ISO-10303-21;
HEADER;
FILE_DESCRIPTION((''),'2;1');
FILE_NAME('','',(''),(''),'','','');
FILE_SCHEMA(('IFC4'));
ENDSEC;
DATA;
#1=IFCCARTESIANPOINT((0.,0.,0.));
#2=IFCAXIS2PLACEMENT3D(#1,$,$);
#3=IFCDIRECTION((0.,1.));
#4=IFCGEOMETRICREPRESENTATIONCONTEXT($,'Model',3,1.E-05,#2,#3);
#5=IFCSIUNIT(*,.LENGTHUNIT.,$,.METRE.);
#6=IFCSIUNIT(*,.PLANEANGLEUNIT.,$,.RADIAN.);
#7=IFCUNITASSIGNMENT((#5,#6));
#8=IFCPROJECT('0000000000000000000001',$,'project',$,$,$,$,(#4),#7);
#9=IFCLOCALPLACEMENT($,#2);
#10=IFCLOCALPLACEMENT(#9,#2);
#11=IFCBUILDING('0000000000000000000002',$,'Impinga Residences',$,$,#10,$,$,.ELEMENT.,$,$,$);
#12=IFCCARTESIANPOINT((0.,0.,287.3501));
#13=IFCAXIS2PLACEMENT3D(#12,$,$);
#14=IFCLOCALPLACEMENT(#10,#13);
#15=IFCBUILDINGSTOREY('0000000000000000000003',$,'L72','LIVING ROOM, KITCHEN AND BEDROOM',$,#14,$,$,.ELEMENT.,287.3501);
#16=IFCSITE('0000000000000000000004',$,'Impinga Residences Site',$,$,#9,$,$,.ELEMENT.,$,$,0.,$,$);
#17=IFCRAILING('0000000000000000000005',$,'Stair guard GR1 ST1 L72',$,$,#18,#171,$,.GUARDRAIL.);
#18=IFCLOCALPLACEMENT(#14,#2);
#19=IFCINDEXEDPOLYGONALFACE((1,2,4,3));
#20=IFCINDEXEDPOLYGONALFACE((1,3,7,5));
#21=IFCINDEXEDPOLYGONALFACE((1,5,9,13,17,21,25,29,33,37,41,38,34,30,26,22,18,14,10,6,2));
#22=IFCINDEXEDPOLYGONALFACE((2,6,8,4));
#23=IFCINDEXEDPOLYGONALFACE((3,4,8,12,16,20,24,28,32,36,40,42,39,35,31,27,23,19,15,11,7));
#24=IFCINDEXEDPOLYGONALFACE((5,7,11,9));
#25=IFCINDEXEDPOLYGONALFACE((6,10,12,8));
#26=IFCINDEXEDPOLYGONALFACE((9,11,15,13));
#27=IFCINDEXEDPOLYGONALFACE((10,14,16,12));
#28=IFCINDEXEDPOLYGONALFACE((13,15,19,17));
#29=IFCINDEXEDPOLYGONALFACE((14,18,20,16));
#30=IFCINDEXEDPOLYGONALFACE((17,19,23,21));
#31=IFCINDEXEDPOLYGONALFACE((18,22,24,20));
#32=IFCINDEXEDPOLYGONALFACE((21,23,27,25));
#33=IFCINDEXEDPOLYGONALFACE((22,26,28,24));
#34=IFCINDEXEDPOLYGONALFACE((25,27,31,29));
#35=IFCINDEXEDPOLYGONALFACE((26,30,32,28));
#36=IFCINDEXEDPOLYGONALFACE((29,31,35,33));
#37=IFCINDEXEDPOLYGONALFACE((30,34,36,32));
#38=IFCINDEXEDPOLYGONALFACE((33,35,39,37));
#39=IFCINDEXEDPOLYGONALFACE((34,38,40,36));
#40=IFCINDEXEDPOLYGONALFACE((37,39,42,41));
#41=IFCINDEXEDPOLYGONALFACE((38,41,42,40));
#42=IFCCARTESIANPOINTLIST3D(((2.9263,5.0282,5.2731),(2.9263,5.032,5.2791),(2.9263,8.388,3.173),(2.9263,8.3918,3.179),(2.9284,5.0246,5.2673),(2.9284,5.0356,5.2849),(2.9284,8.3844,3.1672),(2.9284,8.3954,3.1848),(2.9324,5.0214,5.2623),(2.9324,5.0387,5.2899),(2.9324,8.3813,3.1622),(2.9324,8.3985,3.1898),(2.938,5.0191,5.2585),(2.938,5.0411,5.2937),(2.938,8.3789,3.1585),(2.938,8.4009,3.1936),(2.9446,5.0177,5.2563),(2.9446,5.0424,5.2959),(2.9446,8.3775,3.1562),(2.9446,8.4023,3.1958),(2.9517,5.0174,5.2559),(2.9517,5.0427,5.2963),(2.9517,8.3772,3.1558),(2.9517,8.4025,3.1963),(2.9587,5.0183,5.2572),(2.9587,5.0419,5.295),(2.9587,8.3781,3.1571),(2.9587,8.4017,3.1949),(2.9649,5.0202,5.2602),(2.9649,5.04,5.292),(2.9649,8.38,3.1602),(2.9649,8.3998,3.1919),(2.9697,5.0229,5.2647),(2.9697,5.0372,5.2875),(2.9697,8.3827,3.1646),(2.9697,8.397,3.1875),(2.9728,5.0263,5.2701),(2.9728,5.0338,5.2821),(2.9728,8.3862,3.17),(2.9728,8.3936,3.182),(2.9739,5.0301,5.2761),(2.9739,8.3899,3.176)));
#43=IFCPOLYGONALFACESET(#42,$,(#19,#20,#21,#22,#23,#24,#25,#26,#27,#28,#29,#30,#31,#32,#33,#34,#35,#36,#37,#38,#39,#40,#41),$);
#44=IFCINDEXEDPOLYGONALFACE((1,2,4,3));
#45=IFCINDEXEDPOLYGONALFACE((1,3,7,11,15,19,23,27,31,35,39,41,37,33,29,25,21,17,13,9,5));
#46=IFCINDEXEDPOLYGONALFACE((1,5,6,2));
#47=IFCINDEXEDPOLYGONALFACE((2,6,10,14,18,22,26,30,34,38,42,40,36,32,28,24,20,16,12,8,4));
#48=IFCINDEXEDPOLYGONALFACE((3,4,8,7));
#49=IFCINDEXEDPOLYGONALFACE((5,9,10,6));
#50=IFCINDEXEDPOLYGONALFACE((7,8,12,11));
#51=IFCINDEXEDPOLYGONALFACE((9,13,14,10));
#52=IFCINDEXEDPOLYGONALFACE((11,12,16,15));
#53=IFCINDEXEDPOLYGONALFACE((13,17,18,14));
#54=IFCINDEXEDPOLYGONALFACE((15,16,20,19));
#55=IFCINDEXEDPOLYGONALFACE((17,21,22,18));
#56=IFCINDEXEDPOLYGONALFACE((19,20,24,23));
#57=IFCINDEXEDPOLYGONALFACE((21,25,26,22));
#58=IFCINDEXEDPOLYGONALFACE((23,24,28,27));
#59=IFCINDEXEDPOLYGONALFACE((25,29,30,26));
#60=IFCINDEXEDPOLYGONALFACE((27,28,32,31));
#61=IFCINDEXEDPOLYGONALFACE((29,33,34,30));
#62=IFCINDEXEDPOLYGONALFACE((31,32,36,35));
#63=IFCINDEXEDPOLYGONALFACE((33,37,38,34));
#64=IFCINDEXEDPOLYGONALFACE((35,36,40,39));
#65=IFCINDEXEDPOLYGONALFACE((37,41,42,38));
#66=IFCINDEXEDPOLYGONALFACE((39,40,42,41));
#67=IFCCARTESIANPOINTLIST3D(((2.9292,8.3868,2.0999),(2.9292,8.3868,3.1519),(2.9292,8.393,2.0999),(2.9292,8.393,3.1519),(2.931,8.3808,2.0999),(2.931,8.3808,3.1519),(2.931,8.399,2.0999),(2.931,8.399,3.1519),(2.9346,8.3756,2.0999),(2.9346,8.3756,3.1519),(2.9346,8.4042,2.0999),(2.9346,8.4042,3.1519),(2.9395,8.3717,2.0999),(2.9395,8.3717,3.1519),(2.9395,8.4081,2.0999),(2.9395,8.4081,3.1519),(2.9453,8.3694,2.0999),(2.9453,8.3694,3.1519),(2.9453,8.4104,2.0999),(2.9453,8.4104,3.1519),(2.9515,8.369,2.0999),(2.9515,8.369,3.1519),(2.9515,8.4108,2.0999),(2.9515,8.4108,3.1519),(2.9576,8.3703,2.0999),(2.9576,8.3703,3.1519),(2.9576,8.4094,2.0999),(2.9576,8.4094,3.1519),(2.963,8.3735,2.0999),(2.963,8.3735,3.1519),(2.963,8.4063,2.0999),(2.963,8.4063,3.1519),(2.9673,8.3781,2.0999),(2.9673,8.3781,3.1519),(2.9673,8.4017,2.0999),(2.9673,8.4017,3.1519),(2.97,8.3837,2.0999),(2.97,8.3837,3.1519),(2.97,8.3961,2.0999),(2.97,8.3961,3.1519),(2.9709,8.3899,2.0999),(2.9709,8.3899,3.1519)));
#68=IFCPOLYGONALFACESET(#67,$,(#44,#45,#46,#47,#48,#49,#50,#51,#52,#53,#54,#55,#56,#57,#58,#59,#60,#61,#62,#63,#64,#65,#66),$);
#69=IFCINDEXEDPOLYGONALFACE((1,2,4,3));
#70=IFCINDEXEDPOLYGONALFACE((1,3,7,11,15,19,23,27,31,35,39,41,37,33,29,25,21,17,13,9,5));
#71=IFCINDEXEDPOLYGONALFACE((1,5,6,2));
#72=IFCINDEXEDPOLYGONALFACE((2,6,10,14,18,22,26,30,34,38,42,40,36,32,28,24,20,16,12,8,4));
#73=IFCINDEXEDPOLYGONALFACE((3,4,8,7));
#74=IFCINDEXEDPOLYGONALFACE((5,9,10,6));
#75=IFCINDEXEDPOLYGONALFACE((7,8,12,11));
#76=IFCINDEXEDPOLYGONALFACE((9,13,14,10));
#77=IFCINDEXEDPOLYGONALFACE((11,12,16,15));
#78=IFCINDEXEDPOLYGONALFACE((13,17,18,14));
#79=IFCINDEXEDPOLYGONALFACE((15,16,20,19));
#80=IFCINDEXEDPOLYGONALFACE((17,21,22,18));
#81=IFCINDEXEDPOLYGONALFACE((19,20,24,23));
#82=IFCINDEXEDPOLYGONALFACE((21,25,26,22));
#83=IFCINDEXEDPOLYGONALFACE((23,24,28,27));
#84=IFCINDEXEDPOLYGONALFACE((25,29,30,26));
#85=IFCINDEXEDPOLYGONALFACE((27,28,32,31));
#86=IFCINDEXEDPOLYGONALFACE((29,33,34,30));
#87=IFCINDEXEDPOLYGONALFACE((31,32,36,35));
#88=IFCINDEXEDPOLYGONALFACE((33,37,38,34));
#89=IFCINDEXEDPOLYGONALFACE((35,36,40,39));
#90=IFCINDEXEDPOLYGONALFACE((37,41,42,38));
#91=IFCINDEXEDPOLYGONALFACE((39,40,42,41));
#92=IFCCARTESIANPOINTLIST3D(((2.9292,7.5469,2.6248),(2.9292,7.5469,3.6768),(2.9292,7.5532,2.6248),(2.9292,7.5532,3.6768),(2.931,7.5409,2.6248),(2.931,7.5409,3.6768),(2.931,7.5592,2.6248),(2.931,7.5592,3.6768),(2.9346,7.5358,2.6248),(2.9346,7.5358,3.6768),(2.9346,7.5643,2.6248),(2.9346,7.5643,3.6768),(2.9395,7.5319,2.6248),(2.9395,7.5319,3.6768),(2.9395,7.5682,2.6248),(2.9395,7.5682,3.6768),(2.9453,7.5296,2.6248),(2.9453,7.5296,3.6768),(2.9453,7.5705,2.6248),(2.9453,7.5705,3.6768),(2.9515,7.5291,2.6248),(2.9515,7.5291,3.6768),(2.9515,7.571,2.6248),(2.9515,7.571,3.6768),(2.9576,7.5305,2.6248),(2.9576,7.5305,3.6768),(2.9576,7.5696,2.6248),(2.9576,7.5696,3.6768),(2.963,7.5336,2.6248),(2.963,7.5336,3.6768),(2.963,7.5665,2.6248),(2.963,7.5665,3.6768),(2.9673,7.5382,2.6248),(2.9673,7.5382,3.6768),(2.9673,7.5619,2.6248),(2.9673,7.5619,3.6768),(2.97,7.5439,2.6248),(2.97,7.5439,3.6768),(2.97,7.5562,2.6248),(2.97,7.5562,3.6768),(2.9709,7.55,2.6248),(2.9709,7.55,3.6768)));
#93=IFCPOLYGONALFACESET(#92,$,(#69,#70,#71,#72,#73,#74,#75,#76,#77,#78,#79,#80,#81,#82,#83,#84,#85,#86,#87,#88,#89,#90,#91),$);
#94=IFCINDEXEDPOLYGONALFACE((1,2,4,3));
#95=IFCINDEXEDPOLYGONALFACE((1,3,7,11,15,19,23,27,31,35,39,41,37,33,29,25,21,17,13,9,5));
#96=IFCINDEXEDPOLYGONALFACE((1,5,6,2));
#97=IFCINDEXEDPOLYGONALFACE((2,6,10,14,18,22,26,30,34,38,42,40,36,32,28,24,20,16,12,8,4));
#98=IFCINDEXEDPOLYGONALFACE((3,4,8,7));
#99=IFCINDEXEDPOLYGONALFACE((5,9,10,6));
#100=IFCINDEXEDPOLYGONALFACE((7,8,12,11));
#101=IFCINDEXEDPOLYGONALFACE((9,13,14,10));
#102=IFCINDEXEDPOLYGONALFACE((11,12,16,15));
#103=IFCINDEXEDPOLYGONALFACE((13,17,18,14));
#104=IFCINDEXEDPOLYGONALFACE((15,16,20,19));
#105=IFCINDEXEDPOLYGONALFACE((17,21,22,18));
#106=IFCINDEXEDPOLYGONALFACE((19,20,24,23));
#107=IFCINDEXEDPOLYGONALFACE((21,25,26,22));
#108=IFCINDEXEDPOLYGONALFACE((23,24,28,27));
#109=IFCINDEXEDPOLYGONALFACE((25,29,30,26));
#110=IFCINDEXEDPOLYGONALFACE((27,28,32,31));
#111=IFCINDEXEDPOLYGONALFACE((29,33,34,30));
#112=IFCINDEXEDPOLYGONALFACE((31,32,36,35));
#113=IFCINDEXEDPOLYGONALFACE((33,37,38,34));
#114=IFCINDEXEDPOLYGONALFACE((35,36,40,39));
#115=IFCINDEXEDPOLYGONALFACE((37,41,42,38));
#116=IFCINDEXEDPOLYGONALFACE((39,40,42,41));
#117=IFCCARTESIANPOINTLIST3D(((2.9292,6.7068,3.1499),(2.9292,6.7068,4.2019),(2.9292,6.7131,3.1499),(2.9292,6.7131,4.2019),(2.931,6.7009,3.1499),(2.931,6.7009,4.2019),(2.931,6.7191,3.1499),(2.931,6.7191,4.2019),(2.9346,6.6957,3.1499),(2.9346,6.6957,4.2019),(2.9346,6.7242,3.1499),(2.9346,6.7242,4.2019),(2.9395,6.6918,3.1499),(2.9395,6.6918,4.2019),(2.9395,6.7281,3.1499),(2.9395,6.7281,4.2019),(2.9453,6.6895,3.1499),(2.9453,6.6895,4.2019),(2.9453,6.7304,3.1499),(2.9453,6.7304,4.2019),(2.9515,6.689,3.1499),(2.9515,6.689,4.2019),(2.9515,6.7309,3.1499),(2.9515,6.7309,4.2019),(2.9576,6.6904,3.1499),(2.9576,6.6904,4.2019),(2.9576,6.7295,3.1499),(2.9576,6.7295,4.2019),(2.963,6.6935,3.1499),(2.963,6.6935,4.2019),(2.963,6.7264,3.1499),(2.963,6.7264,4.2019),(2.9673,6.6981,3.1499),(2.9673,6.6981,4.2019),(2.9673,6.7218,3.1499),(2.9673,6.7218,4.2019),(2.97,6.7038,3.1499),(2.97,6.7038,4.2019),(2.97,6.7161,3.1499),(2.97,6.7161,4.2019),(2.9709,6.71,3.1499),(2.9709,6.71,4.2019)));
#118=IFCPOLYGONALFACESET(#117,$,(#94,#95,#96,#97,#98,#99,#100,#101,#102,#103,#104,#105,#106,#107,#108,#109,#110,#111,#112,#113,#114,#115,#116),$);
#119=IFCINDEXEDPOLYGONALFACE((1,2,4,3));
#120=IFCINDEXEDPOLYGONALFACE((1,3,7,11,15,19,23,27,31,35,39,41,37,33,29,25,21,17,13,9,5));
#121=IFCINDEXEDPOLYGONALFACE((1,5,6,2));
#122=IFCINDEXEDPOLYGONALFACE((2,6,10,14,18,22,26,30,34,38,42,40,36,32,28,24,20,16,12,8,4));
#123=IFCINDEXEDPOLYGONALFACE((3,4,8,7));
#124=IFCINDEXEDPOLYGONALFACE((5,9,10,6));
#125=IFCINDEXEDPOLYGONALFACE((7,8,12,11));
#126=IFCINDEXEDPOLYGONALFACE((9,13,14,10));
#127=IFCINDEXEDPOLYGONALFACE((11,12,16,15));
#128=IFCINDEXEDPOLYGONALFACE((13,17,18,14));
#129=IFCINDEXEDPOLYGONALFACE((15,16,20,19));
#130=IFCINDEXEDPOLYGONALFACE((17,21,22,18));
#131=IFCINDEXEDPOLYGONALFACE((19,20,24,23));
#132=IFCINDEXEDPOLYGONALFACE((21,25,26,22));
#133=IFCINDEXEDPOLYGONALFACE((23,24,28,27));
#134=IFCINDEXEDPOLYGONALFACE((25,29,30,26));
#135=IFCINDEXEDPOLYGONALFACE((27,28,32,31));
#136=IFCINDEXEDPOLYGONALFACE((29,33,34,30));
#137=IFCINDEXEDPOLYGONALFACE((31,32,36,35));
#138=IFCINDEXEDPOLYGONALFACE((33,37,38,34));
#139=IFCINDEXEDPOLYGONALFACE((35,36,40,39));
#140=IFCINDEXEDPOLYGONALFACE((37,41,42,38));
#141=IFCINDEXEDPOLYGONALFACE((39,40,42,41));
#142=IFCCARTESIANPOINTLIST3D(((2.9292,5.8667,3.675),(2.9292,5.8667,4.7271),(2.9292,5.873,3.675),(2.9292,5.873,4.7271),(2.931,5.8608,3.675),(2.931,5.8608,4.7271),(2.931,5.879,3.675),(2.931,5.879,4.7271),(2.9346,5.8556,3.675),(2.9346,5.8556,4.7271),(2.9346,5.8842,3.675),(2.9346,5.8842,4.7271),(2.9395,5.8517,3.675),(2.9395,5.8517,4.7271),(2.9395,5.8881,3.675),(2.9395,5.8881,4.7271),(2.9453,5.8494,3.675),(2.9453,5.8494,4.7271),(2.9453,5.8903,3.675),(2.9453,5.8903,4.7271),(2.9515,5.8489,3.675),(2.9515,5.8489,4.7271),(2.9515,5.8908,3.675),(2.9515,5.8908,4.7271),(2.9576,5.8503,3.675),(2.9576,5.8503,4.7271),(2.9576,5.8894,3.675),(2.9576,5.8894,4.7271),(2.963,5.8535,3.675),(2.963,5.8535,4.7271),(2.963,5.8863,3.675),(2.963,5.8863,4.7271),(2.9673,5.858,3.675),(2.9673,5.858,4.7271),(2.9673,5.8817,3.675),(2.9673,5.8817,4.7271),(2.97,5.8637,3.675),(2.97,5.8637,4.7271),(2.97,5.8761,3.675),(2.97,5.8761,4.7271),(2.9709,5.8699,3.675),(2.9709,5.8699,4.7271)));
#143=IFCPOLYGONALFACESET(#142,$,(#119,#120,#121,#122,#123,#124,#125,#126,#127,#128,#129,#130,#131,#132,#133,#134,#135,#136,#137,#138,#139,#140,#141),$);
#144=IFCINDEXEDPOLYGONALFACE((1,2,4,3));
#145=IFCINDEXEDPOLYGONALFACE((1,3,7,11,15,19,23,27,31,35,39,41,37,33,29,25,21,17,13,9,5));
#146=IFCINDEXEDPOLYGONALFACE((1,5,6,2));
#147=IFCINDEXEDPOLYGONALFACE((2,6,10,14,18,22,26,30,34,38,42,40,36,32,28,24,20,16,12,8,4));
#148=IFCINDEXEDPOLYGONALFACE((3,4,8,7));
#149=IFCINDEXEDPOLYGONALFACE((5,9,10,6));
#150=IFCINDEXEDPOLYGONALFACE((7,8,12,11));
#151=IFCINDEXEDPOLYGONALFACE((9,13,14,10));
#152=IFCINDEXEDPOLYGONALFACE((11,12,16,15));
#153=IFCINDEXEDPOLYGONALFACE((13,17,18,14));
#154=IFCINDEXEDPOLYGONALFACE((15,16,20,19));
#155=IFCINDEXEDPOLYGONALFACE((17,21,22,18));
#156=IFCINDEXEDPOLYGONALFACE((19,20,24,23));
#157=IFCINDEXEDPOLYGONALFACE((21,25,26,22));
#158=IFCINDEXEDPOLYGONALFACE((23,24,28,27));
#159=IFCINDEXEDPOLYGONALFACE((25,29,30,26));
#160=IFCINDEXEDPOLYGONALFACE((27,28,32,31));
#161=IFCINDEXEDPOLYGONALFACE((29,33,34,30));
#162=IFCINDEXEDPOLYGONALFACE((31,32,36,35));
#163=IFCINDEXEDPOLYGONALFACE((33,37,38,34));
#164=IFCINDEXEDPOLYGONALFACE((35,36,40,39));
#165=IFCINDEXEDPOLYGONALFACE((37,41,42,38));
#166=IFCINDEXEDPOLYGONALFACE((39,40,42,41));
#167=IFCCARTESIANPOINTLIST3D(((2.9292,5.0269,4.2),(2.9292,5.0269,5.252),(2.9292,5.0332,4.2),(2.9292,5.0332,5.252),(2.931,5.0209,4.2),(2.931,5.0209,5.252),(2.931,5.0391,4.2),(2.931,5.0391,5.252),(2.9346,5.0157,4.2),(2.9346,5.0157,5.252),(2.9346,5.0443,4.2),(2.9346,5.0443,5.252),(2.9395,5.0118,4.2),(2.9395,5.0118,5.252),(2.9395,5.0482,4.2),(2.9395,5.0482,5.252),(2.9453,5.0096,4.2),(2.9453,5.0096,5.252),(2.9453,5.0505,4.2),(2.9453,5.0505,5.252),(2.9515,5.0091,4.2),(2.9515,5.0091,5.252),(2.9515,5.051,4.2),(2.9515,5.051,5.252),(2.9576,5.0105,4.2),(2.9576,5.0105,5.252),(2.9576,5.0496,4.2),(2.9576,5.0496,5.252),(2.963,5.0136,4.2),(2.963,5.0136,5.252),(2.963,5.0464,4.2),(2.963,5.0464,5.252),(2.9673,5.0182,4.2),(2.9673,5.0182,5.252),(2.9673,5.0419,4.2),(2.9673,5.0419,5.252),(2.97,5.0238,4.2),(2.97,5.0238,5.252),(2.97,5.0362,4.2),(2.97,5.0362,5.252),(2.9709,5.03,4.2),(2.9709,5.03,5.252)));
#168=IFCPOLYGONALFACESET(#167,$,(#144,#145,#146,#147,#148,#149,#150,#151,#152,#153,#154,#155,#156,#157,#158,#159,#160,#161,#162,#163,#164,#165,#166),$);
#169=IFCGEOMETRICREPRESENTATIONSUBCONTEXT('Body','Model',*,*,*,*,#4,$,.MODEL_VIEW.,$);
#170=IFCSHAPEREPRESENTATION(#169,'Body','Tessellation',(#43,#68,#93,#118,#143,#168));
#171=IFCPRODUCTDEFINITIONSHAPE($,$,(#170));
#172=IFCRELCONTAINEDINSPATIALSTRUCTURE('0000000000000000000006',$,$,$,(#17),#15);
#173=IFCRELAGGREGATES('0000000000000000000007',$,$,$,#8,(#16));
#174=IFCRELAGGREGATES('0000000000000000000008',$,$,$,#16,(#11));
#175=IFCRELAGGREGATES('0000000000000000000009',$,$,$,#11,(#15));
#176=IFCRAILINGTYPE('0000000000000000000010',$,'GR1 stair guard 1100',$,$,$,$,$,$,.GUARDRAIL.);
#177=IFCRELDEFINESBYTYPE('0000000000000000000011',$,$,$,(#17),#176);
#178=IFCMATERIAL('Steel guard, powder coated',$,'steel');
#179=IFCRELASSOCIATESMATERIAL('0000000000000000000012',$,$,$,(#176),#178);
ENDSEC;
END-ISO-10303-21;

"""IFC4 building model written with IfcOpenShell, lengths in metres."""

from ifc_helpers import new_model, si_unit, direction, frame, origin, origin_2d, place, context, subcontext, project, spatial, circle, extrude, material, type_object, element, save


model = new_model("IFC4")

# Units and contexts
model_context = context("Model", 3, precision=1e-05, world=origin(), true_north=direction((0.0, 1.0)))
body_context = subcontext(model_context, "Body", "Model", "MODEL_VIEW")
ifc_project = project(units=[si_unit("LENGTHUNIT", "METRE"), si_unit("PLANEANGLEUNIT", "RADIAN")], contexts=[model_context])

# Site, building, storey
site_placement = place(None, origin())
site = spatial("IfcSite", under=ifc_project, at=site_placement, Name="Impinga Residences Site", CompositionType="ELEMENT", RefElevation=0.0)
building_placement = place(site_placement, origin())
building = spatial("IfcBuilding", under=site, at=building_placement, Name="Impinga Residences", CompositionType="ELEMENT")
storey_placement = place(building_placement, frame((0.0, 0.0, 287.3501)))
storey = spatial("IfcBuildingStorey", under=building, at=storey_placement, Name="L72", Description="LIVING ROOM, KITCHEN AND BEDROOM", CompositionType="ELEMENT", Elevation=287.3501)

# Railing
ifc_material_1 = material(Name="Steel guard, powder coated", Category="steel")
railing_type_1 = type_object("IfcRailingType", Name="GR1 stair guard 1100", PredefinedType="GUARDRAIL", material=ifc_material_1)
railing_1_placement = place(storey_placement, frame((2.95, 8.3899, 2.0999)))
element("IfcRailing", 1, at=railing_1_placement, inside=storey, type_object=railing_type_1, Name="Stair guard GR1 ST1 L72", PredefinedType="GUARDRAIL", context=body_context, shape_type="SweptSolid", body=[
    extrude(circle(Radius=0.0239, at=origin_2d()), frame((0.0, 0.0, 1.0762), z_axis=(0.0, -0.847978, 0.530032), x_axis=(1.0, 0.0, 0.0)), (0.0, 0.0, 1.0), 3.9622),
    extrude(circle(Radius=0.021, at=origin_2d()), origin(), (0.0, 0.0, 1.0), 1.052),
    extrude(circle(Radius=0.021, at=origin_2d()), frame((0.0, -0.8398, 0.5249)), (0.0, 0.0, 1.0), 1.052),
    extrude(circle(Radius=0.021, at=origin_2d()), frame((0.0, -1.6799, 1.05)), (0.0, 0.0, 1.0), 1.052),
    extrude(circle(Radius=0.021, at=origin_2d()), frame((0.0, -2.52, 1.5752)), (0.0, 0.0, 1.0), 1.052),
    extrude(circle(Radius=0.021, at=origin_2d()), frame((0.0, -3.3599, 2.1001)), (0.0, 0.0, 1.0), 1.052),
])

save(model, "model.ifc")
